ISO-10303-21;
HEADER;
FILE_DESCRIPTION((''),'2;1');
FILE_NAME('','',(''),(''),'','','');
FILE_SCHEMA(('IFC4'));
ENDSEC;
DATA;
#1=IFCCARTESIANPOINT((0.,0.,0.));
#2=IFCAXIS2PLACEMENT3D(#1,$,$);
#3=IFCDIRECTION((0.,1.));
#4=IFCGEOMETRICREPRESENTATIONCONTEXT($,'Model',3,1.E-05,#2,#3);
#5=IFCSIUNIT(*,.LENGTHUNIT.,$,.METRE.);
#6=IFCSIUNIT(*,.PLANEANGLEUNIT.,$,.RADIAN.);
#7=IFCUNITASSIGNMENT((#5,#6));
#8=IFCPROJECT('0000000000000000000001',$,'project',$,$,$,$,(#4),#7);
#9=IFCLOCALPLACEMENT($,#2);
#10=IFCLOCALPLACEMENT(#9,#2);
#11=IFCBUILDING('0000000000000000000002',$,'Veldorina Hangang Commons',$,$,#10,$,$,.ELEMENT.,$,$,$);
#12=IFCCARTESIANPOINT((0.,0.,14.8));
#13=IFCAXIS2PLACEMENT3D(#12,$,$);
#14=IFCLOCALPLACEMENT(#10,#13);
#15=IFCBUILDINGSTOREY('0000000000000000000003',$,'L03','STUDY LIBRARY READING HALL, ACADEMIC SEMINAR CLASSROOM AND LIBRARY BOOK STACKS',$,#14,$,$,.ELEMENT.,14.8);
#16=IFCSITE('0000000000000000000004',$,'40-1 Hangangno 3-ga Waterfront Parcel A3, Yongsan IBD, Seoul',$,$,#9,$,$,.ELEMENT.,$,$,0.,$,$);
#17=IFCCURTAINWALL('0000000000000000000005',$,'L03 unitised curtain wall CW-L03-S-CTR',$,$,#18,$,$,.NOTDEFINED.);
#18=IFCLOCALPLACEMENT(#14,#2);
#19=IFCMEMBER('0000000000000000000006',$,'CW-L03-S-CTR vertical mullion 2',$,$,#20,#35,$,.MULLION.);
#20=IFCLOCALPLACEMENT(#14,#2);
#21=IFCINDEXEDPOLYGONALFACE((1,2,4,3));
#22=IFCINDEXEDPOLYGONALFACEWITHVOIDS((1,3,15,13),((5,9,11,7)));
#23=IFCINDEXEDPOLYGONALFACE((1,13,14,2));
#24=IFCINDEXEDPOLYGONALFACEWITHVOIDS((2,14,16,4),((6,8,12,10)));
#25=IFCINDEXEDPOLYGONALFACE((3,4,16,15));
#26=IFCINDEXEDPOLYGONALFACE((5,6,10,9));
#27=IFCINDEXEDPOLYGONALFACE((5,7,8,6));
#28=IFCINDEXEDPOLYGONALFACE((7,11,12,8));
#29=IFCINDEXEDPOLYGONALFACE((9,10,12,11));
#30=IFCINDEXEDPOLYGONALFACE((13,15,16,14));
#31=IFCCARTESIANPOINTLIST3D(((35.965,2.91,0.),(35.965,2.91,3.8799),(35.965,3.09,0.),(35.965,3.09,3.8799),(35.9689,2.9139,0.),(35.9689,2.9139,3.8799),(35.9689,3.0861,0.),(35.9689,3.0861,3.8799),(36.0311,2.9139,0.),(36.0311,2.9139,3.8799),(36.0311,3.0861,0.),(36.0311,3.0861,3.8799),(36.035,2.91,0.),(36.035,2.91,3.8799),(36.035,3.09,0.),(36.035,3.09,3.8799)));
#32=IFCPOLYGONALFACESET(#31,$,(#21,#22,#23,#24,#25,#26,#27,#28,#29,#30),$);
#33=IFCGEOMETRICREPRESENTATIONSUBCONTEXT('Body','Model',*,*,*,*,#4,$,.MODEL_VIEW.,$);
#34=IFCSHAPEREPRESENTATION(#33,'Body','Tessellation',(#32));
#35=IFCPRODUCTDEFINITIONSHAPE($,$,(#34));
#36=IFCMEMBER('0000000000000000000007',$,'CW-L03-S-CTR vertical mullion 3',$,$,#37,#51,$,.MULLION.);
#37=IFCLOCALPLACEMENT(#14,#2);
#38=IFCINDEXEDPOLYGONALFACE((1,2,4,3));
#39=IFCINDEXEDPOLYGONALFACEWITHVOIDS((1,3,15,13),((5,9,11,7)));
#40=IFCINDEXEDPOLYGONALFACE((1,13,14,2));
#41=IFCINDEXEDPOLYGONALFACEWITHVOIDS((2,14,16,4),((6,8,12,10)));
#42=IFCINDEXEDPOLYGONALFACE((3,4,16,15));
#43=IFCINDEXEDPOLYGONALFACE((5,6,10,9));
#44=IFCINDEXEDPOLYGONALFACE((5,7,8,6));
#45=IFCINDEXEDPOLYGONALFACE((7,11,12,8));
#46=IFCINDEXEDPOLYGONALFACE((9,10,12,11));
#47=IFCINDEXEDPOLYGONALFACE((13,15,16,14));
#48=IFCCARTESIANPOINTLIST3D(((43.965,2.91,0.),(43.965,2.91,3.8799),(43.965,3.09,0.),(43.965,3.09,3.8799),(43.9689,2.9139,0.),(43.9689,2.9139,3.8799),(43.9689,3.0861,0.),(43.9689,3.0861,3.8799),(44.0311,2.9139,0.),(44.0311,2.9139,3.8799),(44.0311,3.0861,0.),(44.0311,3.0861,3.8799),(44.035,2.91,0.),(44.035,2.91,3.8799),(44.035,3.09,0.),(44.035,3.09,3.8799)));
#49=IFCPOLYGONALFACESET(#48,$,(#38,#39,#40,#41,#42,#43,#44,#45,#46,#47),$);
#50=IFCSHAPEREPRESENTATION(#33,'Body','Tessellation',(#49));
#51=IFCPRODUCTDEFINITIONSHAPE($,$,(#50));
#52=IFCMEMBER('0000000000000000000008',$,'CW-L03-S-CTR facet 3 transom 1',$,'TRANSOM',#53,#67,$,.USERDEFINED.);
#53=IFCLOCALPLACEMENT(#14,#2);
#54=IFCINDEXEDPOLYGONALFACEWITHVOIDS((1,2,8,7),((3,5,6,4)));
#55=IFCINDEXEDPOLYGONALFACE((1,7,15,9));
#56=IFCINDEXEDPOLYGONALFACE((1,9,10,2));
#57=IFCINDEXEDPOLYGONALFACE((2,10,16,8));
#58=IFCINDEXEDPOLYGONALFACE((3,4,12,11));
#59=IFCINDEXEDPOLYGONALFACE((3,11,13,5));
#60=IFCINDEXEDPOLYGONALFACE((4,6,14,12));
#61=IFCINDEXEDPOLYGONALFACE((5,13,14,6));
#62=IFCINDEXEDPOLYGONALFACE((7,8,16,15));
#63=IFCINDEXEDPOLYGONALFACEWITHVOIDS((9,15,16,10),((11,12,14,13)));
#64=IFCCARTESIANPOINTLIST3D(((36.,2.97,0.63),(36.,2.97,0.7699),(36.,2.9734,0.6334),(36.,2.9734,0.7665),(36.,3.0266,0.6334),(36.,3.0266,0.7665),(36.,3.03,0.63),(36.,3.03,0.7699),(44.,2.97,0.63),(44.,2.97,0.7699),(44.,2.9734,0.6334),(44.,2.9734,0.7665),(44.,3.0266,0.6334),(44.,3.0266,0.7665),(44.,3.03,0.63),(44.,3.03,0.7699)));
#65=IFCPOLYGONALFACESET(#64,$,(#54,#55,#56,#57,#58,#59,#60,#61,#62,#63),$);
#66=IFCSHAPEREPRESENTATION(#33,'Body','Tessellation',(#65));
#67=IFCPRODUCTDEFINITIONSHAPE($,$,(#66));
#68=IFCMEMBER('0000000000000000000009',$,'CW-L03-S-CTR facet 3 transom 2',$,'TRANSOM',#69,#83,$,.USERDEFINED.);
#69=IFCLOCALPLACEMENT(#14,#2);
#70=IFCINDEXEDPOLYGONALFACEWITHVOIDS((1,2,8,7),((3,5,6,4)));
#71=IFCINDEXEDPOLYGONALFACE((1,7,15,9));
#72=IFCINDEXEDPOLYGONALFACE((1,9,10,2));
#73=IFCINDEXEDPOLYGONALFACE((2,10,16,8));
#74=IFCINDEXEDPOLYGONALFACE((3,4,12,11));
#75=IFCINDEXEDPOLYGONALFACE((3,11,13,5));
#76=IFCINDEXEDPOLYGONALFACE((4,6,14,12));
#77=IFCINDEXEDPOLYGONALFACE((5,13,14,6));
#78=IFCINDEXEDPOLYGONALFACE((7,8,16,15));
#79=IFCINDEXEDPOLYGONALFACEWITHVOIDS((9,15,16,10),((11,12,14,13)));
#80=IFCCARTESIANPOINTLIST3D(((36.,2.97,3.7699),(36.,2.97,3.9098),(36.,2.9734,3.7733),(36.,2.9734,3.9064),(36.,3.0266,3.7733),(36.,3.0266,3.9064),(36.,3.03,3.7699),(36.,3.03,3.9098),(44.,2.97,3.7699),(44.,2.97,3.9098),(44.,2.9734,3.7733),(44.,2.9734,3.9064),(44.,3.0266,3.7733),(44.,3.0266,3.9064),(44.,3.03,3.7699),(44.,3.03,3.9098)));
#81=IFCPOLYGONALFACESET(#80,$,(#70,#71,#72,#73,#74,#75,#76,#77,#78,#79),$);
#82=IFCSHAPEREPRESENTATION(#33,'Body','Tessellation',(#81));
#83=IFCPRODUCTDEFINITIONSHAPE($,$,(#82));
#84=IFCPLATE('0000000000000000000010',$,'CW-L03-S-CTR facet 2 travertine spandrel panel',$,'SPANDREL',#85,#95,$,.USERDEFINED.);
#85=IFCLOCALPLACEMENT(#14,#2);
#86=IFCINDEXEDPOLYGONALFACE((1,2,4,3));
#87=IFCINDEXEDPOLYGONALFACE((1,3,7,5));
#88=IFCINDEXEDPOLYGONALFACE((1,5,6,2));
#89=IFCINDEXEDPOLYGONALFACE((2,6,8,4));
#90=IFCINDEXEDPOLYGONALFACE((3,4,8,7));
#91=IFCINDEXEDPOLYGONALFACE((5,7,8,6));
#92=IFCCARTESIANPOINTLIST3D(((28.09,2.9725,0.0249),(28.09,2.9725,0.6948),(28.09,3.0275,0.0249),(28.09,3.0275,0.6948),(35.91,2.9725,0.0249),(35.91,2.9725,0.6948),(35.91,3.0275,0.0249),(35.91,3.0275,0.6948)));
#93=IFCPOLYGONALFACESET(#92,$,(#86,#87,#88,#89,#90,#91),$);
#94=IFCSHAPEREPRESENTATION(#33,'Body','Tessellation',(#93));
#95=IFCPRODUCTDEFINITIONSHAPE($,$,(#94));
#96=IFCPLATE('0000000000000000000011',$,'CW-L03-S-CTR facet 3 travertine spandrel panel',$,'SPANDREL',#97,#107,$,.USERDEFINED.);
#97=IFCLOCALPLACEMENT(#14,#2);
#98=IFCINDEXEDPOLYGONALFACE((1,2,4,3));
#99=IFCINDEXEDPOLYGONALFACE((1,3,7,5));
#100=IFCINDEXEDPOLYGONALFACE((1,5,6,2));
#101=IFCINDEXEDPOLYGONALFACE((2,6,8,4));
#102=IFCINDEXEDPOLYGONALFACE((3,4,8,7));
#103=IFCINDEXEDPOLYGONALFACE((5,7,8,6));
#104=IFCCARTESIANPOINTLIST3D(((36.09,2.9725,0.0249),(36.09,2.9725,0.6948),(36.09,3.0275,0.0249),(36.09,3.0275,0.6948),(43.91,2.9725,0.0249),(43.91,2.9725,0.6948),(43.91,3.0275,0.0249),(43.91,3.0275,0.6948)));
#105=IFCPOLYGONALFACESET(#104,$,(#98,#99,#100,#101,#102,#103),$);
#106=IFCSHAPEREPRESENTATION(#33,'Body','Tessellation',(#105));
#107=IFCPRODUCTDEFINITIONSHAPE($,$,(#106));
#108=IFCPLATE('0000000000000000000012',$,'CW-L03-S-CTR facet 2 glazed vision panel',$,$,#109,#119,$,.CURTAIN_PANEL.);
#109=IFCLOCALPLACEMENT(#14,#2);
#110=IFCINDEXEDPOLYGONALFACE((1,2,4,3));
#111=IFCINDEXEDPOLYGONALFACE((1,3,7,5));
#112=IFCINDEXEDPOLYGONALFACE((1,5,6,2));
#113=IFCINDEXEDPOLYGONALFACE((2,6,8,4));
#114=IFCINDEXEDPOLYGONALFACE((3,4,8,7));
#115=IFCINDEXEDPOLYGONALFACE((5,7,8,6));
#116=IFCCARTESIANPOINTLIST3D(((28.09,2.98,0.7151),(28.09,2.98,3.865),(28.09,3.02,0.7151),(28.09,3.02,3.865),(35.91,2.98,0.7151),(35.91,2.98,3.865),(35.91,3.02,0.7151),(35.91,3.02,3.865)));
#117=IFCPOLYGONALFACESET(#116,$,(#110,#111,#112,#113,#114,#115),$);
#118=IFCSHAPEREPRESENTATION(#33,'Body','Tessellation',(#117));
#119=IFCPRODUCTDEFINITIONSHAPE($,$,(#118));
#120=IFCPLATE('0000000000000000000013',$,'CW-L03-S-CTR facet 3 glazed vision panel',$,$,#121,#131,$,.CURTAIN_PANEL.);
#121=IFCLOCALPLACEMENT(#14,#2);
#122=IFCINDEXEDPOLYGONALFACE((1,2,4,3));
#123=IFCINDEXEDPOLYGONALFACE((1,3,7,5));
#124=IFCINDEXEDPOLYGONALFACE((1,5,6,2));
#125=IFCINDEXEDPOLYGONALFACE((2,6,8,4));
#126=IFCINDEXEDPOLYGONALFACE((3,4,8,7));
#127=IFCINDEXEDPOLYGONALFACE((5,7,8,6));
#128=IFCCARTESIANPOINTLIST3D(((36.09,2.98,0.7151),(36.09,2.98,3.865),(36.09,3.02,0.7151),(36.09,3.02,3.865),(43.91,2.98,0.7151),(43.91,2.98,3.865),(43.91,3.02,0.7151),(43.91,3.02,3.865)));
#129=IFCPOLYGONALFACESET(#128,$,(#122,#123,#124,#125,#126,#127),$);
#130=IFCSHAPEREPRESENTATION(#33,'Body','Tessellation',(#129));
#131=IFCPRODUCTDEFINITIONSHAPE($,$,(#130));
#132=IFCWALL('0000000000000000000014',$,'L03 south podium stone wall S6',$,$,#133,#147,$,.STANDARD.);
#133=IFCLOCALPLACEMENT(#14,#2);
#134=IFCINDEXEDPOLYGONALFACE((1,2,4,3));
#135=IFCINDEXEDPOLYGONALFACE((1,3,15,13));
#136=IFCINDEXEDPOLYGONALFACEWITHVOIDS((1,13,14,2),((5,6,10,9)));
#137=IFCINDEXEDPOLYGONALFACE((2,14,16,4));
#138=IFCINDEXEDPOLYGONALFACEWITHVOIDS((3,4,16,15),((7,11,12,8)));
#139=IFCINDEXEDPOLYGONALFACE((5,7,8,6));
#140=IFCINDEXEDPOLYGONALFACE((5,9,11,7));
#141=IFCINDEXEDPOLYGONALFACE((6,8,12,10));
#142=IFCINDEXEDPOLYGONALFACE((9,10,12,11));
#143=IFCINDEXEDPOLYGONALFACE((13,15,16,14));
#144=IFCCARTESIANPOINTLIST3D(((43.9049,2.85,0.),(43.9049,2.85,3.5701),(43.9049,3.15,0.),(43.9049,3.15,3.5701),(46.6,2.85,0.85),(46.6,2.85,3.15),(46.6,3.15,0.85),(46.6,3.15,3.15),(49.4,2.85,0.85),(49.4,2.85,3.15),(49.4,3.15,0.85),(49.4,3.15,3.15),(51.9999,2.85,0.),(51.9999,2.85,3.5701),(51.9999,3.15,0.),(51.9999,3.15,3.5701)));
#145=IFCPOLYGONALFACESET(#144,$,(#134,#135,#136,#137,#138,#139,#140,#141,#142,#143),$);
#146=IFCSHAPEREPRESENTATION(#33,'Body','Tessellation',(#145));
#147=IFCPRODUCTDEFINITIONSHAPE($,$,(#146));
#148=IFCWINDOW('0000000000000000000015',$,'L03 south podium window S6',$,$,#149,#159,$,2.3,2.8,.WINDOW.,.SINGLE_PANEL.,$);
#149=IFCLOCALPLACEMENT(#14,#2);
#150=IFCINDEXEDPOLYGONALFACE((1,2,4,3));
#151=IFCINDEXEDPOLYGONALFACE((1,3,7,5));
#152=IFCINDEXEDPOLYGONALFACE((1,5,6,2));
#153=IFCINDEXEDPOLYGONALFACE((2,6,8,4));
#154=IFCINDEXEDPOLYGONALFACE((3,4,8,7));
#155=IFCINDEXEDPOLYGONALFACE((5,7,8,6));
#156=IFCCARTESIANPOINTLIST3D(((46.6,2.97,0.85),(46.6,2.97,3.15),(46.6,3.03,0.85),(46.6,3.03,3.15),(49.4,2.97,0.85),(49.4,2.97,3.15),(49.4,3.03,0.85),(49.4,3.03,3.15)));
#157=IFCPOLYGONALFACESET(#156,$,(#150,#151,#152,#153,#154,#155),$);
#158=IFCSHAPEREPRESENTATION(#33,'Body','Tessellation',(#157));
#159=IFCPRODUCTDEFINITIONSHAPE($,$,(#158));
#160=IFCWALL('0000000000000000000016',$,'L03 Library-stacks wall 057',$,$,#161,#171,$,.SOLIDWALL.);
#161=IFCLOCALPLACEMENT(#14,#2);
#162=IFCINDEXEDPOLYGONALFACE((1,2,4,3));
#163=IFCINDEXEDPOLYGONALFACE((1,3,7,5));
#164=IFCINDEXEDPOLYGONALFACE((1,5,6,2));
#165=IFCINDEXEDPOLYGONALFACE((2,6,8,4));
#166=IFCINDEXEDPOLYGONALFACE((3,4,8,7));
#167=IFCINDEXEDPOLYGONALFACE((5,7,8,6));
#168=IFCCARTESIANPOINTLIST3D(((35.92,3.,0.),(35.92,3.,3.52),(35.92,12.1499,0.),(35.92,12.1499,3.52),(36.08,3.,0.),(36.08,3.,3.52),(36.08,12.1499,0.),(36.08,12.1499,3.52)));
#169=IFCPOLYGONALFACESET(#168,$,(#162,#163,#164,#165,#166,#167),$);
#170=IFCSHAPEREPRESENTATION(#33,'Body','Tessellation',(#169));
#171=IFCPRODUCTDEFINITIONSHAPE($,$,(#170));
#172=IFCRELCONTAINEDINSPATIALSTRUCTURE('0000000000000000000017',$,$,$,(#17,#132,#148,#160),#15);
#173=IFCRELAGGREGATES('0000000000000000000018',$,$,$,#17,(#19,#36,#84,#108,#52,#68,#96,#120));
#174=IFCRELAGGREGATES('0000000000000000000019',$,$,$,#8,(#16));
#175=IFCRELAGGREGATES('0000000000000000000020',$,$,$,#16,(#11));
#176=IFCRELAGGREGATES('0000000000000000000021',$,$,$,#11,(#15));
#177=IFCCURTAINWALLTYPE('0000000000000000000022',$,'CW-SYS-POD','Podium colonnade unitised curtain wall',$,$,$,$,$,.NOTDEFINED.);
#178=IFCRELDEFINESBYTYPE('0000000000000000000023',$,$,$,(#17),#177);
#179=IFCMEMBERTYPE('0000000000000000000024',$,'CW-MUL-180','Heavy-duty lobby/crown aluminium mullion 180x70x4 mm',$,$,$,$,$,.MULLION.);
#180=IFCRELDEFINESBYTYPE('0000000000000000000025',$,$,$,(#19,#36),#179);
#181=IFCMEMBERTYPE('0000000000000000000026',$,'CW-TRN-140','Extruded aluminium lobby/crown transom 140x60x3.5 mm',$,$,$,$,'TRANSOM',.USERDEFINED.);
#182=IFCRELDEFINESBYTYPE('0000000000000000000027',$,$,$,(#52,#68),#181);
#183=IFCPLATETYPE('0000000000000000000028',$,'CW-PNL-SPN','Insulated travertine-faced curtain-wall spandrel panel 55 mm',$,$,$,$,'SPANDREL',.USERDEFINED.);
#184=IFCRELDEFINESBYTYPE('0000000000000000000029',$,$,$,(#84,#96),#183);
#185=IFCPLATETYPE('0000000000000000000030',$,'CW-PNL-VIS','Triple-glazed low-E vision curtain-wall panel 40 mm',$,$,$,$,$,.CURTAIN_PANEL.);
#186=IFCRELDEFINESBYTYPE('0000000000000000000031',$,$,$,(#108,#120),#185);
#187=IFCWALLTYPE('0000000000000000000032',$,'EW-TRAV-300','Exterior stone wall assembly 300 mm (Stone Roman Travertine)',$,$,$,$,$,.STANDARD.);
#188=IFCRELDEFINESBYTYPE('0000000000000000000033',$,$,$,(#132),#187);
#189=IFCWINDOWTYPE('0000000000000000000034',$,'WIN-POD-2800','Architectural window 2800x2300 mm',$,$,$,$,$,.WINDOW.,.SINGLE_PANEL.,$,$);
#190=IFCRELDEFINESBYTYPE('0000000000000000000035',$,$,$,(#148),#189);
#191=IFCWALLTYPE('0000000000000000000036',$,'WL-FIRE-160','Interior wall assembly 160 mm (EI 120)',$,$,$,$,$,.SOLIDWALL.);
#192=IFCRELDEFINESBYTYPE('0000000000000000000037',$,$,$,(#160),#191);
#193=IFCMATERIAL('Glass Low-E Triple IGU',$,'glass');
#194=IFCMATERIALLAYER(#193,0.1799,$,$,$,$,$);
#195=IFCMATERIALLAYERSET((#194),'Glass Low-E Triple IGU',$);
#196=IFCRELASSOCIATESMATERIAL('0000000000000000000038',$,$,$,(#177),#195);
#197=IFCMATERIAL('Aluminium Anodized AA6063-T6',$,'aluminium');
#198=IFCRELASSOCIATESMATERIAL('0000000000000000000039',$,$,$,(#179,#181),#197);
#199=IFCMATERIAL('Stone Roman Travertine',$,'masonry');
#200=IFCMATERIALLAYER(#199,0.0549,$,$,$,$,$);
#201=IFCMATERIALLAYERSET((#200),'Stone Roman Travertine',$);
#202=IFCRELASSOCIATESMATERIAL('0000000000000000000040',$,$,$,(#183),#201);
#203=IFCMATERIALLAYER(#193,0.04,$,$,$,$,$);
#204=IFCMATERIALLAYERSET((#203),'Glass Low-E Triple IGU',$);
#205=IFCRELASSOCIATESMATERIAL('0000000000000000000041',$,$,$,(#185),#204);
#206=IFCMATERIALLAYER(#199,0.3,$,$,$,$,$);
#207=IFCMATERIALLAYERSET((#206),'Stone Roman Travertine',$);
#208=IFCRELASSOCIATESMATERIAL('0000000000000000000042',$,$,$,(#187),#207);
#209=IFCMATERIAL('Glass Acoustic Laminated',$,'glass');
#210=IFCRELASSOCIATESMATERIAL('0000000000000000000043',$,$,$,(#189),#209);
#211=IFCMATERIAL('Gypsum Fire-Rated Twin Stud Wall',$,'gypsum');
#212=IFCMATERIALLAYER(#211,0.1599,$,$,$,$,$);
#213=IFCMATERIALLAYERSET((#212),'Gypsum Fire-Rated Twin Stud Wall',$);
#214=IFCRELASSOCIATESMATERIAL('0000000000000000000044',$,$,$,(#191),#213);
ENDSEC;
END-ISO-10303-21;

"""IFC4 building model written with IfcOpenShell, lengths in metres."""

from ifc_helpers import new_model, si_unit, direction, frame, frame_2d, origin, origin_2d, place, context, subcontext, project, spatial, rectangle, hollow_rectangle, extrude, material, layer, layer_set, material_profile, profile_set, type_object, element, fill, aggregate, save


model = new_model("IFC4")

# Units and contexts
model_context = context("Model", 3, precision=1e-05, world=origin(), true_north=direction((0.0, 1.0)))
body_context = subcontext(model_context, "Body", "Model", "MODEL_VIEW")
ifc_project = project(units=[si_unit("LENGTHUNIT", "METRE"), si_unit("PLANEANGLEUNIT", "RADIAN")], contexts=[model_context])

# Site, building, storey
site_placement = place(None, origin())
site = spatial("IfcSite", under=ifc_project, at=site_placement, Name="40-1 Hangangno 3-ga Waterfront Parcel A3, Yongsan IBD, Seoul", CompositionType="ELEMENT", RefElevation=0.0)
building_placement = place(site_placement, origin())
building = spatial("IfcBuilding", under=site, at=building_placement, Name="Veldorina Hangang Commons", CompositionType="ELEMENT")
storey_placement = place(building_placement, frame((0.0, 0.0, 14.8)))
storey = spatial("IfcBuildingStorey", under=building, at=storey_placement, Name="L03", Description="STUDY LIBRARY READING HALL, ACADEMIC SEMINAR CLASSROOM AND LIBRARY BOOK STACKS", CompositionType="ELEMENT", Elevation=14.8)

# Curtain wall, members, plates
ifc_material_1 = material(Name="Glass Low-E Triple IGU", Category="glass")
ifc_layer_1 = layer(ifc_material_1, 0.1799)
ifc_layer_set_1 = layer_set([ifc_layer_1], Name="Glass Low-E Triple IGU")
curtain_wall_type = type_object("IfcCurtainWallType", Name="CW-SYS-POD", Description="Podium colonnade unitised curtain wall", PredefinedType="NOTDEFINED", material=ifc_layer_set_1)
curtain_wall_placement = place(storey_placement, origin())
curtain_wall = element("IfcCurtainWall", 1, at=curtain_wall_placement, inside=storey, type_object=curtain_wall_type, Name="L03 unitised curtain wall CW-L03-S-CTR", PredefinedType="NOTDEFINED")
ifc_material_2 = material(Name="Aluminium Anodized AA6063-T6", Category="aluminium")
ifc_material_profile_1 = material_profile(ifc_material_2, hollow_rectangle(XDim=0.0701, YDim=0.1799, WallThickness=0.0039, at=origin_2d()), Name="ALU-RHS-180x70x4")
ifc_profile_set_1 = profile_set([ifc_material_profile_1], Name="Aluminium Anodized AA6063-T6")
member_type_1 = type_object("IfcMemberType", Name="CW-MUL-180", Description="Heavy-duty lobby/crown aluminium mullion 180x70x4 mm", PredefinedType="MULLION", material=ifc_profile_set_1)
member_1_placement = place(storey_placement, frame((36.0, 3.0, 0.0), z_axis=(0.0, 0.0, 1.0), x_axis=(1.0, 0.0, 0.0)))
member_1 = element("IfcMember", 2, at=member_1_placement, type_object=member_type_1, Name="CW-L03-S-CTR vertical mullion 2", PredefinedType="MULLION", context=body_context, shape_type="SweptSolid", body=[
    extrude(hollow_rectangle(XDim=0.0701, YDim=0.1799, WallThickness=0.0039, at=origin_2d()), origin(), (0.0, 0.0, 1.0), 3.8799),
])
member_2_placement = place(storey_placement, frame((44.0, 3.0, 0.0), z_axis=(0.0, 0.0, 1.0), x_axis=(-1.0, 0.0, 0.0)))
member_2 = element("IfcMember", 3, at=member_2_placement, type_object=member_type_1, Name="CW-L03-S-CTR vertical mullion 3", PredefinedType="MULLION", context=body_context, shape_type="SweptSolid", body=[
    extrude(hollow_rectangle(XDim=0.0701, YDim=0.1799, WallThickness=0.0039, at=origin_2d()), origin(), (0.0, 0.0, 1.0), 3.8799),
])
ifc_material_profile_2 = material_profile(ifc_material_2, hollow_rectangle(XDim=0.0601, YDim=0.1399, WallThickness=0.0034, at=origin_2d()), Name="ALU-RHS-140x60x3.5")
ifc_profile_set_2 = profile_set([ifc_material_profile_2], Name="Aluminium Anodized AA6063-T6")
member_type_2 = type_object("IfcMemberType", Name="CW-TRN-140", Description="Extruded aluminium lobby/crown transom 140x60x3.5 mm", ElementType="TRANSOM", PredefinedType="USERDEFINED", material=ifc_profile_set_2)
member_3_placement = place(storey_placement, frame((36.0, 3.0, 0.7), z_axis=(1.0, 0.0, 0.0), x_axis=(0.0, 1.0, 0.0)))
member_3 = element("IfcMember", 4, at=member_3_placement, type_object=member_type_2, Name="CW-L03-S-CTR facet 3 transom 1", ObjectType="TRANSOM", PredefinedType="USERDEFINED", context=body_context, shape_type="SweptSolid", body=[
    extrude(hollow_rectangle(XDim=0.0601, YDim=0.1399, WallThickness=0.0034, at=origin_2d()), origin(), (0.0, 0.0, 1.0), 8.0),
])
member_4_placement = place(storey_placement, frame((36.0, 3.0, 3.8398), z_axis=(1.0, 0.0, 0.0), x_axis=(0.0, 1.0, 0.0)))
member_4 = element("IfcMember", 5, at=member_4_placement, type_object=member_type_2, Name="CW-L03-S-CTR facet 3 transom 2", ObjectType="TRANSOM", PredefinedType="USERDEFINED", context=body_context, shape_type="SweptSolid", body=[
    extrude(hollow_rectangle(XDim=0.0601, YDim=0.1399, WallThickness=0.0034, at=origin_2d()), origin(), (0.0, 0.0, 1.0), 8.0),
])
ifc_material_3 = material(Name="Stone Roman Travertine", Category="masonry")
ifc_layer_2 = layer(ifc_material_3, 0.0549)
ifc_layer_set_2 = layer_set([ifc_layer_2], Name="Stone Roman Travertine")
plate_type_1 = type_object("IfcPlateType", Name="CW-PNL-SPN", Description="Insulated travertine-faced curtain-wall spandrel panel 55 mm", ElementType="SPANDREL", PredefinedType="USERDEFINED", material=ifc_layer_set_2)
plate_1_placement = place(storey_placement, frame((32.0, 3.0, 0.0249), z_axis=(0.0, 0.0, 1.0), x_axis=(1.0, 0.0, 0.0)))
plate_1 = element("IfcPlate", 6, at=plate_1_placement, type_object=plate_type_1, Name="CW-L03-S-CTR facet 2 travertine spandrel panel", ObjectType="SPANDREL", PredefinedType="USERDEFINED", context=body_context, shape_type="SweptSolid", body=[
    extrude(rectangle(XDim=7.8201, YDim=0.0549, at=origin_2d()), origin(), (0.0, 0.0, 1.0), 0.6699),
])
plate_2_placement = place(storey_placement, frame((40.0, 3.0, 0.0249), z_axis=(0.0, 0.0, 1.0), x_axis=(1.0, 0.0, 0.0)))
plate_2 = element("IfcPlate", 7, at=plate_2_placement, type_object=plate_type_1, Name="CW-L03-S-CTR facet 3 travertine spandrel panel", ObjectType="SPANDREL", PredefinedType="USERDEFINED", context=body_context, shape_type="SweptSolid", body=[
    extrude(rectangle(XDim=7.8201, YDim=0.0549, at=origin_2d()), origin(), (0.0, 0.0, 1.0), 0.6699),
])
ifc_layer_3 = layer(ifc_material_1, 0.04)
ifc_layer_set_3 = layer_set([ifc_layer_3], Name="Glass Low-E Triple IGU")
plate_type_2 = type_object("IfcPlateType", Name="CW-PNL-VIS", Description="Triple-glazed low-E vision curtain-wall panel 40 mm", PredefinedType="CURTAIN_PANEL", material=ifc_layer_set_3)
plate_3_placement = place(storey_placement, frame((32.0, 3.0, 0.7151), z_axis=(0.0, 0.0, 1.0), x_axis=(1.0, 0.0, 0.0)))
plate_3 = element("IfcPlate", 8, at=plate_3_placement, type_object=plate_type_2, Name="CW-L03-S-CTR facet 2 glazed vision panel", PredefinedType="CURTAIN_PANEL", context=body_context, shape_type="SweptSolid", body=[
    extrude(rectangle(XDim=7.8201, YDim=0.04, at=origin_2d()), origin(), (0.0, 0.0, 1.0), 3.1499),
])
plate_4_placement = place(storey_placement, frame((40.0, 3.0, 0.7151), z_axis=(0.0, 0.0, 1.0), x_axis=(1.0, 0.0, 0.0)))
plate_4 = element("IfcPlate", 9, at=plate_4_placement, type_object=plate_type_2, Name="CW-L03-S-CTR facet 3 glazed vision panel", PredefinedType="CURTAIN_PANEL", context=body_context, shape_type="SweptSolid", body=[
    extrude(rectangle(XDim=7.8201, YDim=0.04, at=origin_2d()), origin(), (0.0, 0.0, 1.0), 3.1499),
])
aggregate(curtain_wall, [member_1, member_2, plate_1, plate_3, member_3, member_4, plate_2, plate_4])

# Wall, opening, window
ifc_layer_4 = layer(ifc_material_3, 0.3)
ifc_layer_set_4 = layer_set([ifc_layer_4], Name="Stone Roman Travertine")
wall_type_1 = type_object("IfcWallType", Name="EW-TRAV-300", Description="Exterior stone wall assembly 300 mm (Stone Roman Travertine)", PredefinedType="STANDARD", material=ifc_layer_set_4)
wall_1_placement = place(storey_placement, frame((43.905, 3.0, 0.0), z_axis=(0.0, 0.0, 1.0), x_axis=(1.0, 0.0, 0.0)))
wall_1 = element("IfcWall", 10, at=wall_1_placement, inside=storey, type_object=wall_type_1, Name="L03 south podium stone wall S6", PredefinedType="STANDARD", context=body_context, shape_type="SweptSolid", body=[
    extrude(rectangle(XDim=8.095, YDim=0.3, at=frame_2d((4.0474, 0.0))), origin(), (0.0, 0.0, 1.0), 3.5701),
])
opening_placement = place(wall_1_placement, frame((2.6951, 0.0, 0.8501)))
opening = element("IfcOpeningElement", 11, at=opening_placement, cuts=wall_1, PredefinedType="OPENING", context=body_context, shape_type="SweptSolid", body=[
    extrude(rectangle(XDim=2.8, YDim=2.3, at=frame_2d((1.3999, 1.1499))), frame((0.0, 0.1602, 0.0), z_axis=(0.0, -1.0, 0.0), x_axis=(1.0, 0.0, 0.0)), (0.0, 0.0, 1.0), 0.3201),
])
ifc_material_4 = material(Name="Glass Acoustic Laminated", Category="glass")
window_type = type_object("IfcWindowType", Name="WIN-POD-2800", Description="Architectural window 2800x2300 mm", PartitioningType="SINGLE_PANEL", PredefinedType="WINDOW", material=ifc_material_4)
window_placement = place(opening_placement, origin())
window = element("IfcWindow", 12, at=window_placement, inside=storey, type_object=window_type, Name="L03 south podium window S6", OverallHeight=2.3, OverallWidth=2.8, PartitioningType="SINGLE_PANEL", PredefinedType="WINDOW", context=body_context, shape_type="SweptSolid", body=[
    extrude(rectangle(XDim=2.8, YDim=2.3, at=frame_2d((1.3999, 1.1499))), frame((0.0, 0.03, 0.0), z_axis=(0.0, -1.0, 0.0), x_axis=(1.0, 0.0, 0.0)), (0.0, 0.0, 1.0), 0.0601),
])
fill(opening, window)

# Wall
ifc_material_5 = material(Name="Gypsum Fire-Rated Twin Stud Wall", Category="gypsum")
ifc_layer_5 = layer(ifc_material_5, 0.1599)
ifc_layer_set_5 = layer_set([ifc_layer_5], Name="Gypsum Fire-Rated Twin Stud Wall")
wall_type_2 = type_object("IfcWallType", Name="WL-FIRE-160", Description="Interior wall assembly 160 mm (EI 120)", PredefinedType="SOLIDWALL", material=ifc_layer_set_5)
wall_2_placement = place(storey_placement, frame((36.0, 3.0, 0.0), z_axis=(0.0, 0.0, 1.0), x_axis=(0.0, 1.0, 0.0)))
element("IfcWall", 13, at=wall_2_placement, inside=storey, type_object=wall_type_2, Name="L03 Library-stacks wall 057", PredefinedType="SOLIDWALL", context=body_context, shape_type="SweptSolid", body=[
    extrude(rectangle(XDim=9.1499, YDim=0.1599, at=frame_2d((4.575, 0.0))), origin(), (0.0, 0.0, 1.0), 3.52),
])

save(model, "model.ifc")
